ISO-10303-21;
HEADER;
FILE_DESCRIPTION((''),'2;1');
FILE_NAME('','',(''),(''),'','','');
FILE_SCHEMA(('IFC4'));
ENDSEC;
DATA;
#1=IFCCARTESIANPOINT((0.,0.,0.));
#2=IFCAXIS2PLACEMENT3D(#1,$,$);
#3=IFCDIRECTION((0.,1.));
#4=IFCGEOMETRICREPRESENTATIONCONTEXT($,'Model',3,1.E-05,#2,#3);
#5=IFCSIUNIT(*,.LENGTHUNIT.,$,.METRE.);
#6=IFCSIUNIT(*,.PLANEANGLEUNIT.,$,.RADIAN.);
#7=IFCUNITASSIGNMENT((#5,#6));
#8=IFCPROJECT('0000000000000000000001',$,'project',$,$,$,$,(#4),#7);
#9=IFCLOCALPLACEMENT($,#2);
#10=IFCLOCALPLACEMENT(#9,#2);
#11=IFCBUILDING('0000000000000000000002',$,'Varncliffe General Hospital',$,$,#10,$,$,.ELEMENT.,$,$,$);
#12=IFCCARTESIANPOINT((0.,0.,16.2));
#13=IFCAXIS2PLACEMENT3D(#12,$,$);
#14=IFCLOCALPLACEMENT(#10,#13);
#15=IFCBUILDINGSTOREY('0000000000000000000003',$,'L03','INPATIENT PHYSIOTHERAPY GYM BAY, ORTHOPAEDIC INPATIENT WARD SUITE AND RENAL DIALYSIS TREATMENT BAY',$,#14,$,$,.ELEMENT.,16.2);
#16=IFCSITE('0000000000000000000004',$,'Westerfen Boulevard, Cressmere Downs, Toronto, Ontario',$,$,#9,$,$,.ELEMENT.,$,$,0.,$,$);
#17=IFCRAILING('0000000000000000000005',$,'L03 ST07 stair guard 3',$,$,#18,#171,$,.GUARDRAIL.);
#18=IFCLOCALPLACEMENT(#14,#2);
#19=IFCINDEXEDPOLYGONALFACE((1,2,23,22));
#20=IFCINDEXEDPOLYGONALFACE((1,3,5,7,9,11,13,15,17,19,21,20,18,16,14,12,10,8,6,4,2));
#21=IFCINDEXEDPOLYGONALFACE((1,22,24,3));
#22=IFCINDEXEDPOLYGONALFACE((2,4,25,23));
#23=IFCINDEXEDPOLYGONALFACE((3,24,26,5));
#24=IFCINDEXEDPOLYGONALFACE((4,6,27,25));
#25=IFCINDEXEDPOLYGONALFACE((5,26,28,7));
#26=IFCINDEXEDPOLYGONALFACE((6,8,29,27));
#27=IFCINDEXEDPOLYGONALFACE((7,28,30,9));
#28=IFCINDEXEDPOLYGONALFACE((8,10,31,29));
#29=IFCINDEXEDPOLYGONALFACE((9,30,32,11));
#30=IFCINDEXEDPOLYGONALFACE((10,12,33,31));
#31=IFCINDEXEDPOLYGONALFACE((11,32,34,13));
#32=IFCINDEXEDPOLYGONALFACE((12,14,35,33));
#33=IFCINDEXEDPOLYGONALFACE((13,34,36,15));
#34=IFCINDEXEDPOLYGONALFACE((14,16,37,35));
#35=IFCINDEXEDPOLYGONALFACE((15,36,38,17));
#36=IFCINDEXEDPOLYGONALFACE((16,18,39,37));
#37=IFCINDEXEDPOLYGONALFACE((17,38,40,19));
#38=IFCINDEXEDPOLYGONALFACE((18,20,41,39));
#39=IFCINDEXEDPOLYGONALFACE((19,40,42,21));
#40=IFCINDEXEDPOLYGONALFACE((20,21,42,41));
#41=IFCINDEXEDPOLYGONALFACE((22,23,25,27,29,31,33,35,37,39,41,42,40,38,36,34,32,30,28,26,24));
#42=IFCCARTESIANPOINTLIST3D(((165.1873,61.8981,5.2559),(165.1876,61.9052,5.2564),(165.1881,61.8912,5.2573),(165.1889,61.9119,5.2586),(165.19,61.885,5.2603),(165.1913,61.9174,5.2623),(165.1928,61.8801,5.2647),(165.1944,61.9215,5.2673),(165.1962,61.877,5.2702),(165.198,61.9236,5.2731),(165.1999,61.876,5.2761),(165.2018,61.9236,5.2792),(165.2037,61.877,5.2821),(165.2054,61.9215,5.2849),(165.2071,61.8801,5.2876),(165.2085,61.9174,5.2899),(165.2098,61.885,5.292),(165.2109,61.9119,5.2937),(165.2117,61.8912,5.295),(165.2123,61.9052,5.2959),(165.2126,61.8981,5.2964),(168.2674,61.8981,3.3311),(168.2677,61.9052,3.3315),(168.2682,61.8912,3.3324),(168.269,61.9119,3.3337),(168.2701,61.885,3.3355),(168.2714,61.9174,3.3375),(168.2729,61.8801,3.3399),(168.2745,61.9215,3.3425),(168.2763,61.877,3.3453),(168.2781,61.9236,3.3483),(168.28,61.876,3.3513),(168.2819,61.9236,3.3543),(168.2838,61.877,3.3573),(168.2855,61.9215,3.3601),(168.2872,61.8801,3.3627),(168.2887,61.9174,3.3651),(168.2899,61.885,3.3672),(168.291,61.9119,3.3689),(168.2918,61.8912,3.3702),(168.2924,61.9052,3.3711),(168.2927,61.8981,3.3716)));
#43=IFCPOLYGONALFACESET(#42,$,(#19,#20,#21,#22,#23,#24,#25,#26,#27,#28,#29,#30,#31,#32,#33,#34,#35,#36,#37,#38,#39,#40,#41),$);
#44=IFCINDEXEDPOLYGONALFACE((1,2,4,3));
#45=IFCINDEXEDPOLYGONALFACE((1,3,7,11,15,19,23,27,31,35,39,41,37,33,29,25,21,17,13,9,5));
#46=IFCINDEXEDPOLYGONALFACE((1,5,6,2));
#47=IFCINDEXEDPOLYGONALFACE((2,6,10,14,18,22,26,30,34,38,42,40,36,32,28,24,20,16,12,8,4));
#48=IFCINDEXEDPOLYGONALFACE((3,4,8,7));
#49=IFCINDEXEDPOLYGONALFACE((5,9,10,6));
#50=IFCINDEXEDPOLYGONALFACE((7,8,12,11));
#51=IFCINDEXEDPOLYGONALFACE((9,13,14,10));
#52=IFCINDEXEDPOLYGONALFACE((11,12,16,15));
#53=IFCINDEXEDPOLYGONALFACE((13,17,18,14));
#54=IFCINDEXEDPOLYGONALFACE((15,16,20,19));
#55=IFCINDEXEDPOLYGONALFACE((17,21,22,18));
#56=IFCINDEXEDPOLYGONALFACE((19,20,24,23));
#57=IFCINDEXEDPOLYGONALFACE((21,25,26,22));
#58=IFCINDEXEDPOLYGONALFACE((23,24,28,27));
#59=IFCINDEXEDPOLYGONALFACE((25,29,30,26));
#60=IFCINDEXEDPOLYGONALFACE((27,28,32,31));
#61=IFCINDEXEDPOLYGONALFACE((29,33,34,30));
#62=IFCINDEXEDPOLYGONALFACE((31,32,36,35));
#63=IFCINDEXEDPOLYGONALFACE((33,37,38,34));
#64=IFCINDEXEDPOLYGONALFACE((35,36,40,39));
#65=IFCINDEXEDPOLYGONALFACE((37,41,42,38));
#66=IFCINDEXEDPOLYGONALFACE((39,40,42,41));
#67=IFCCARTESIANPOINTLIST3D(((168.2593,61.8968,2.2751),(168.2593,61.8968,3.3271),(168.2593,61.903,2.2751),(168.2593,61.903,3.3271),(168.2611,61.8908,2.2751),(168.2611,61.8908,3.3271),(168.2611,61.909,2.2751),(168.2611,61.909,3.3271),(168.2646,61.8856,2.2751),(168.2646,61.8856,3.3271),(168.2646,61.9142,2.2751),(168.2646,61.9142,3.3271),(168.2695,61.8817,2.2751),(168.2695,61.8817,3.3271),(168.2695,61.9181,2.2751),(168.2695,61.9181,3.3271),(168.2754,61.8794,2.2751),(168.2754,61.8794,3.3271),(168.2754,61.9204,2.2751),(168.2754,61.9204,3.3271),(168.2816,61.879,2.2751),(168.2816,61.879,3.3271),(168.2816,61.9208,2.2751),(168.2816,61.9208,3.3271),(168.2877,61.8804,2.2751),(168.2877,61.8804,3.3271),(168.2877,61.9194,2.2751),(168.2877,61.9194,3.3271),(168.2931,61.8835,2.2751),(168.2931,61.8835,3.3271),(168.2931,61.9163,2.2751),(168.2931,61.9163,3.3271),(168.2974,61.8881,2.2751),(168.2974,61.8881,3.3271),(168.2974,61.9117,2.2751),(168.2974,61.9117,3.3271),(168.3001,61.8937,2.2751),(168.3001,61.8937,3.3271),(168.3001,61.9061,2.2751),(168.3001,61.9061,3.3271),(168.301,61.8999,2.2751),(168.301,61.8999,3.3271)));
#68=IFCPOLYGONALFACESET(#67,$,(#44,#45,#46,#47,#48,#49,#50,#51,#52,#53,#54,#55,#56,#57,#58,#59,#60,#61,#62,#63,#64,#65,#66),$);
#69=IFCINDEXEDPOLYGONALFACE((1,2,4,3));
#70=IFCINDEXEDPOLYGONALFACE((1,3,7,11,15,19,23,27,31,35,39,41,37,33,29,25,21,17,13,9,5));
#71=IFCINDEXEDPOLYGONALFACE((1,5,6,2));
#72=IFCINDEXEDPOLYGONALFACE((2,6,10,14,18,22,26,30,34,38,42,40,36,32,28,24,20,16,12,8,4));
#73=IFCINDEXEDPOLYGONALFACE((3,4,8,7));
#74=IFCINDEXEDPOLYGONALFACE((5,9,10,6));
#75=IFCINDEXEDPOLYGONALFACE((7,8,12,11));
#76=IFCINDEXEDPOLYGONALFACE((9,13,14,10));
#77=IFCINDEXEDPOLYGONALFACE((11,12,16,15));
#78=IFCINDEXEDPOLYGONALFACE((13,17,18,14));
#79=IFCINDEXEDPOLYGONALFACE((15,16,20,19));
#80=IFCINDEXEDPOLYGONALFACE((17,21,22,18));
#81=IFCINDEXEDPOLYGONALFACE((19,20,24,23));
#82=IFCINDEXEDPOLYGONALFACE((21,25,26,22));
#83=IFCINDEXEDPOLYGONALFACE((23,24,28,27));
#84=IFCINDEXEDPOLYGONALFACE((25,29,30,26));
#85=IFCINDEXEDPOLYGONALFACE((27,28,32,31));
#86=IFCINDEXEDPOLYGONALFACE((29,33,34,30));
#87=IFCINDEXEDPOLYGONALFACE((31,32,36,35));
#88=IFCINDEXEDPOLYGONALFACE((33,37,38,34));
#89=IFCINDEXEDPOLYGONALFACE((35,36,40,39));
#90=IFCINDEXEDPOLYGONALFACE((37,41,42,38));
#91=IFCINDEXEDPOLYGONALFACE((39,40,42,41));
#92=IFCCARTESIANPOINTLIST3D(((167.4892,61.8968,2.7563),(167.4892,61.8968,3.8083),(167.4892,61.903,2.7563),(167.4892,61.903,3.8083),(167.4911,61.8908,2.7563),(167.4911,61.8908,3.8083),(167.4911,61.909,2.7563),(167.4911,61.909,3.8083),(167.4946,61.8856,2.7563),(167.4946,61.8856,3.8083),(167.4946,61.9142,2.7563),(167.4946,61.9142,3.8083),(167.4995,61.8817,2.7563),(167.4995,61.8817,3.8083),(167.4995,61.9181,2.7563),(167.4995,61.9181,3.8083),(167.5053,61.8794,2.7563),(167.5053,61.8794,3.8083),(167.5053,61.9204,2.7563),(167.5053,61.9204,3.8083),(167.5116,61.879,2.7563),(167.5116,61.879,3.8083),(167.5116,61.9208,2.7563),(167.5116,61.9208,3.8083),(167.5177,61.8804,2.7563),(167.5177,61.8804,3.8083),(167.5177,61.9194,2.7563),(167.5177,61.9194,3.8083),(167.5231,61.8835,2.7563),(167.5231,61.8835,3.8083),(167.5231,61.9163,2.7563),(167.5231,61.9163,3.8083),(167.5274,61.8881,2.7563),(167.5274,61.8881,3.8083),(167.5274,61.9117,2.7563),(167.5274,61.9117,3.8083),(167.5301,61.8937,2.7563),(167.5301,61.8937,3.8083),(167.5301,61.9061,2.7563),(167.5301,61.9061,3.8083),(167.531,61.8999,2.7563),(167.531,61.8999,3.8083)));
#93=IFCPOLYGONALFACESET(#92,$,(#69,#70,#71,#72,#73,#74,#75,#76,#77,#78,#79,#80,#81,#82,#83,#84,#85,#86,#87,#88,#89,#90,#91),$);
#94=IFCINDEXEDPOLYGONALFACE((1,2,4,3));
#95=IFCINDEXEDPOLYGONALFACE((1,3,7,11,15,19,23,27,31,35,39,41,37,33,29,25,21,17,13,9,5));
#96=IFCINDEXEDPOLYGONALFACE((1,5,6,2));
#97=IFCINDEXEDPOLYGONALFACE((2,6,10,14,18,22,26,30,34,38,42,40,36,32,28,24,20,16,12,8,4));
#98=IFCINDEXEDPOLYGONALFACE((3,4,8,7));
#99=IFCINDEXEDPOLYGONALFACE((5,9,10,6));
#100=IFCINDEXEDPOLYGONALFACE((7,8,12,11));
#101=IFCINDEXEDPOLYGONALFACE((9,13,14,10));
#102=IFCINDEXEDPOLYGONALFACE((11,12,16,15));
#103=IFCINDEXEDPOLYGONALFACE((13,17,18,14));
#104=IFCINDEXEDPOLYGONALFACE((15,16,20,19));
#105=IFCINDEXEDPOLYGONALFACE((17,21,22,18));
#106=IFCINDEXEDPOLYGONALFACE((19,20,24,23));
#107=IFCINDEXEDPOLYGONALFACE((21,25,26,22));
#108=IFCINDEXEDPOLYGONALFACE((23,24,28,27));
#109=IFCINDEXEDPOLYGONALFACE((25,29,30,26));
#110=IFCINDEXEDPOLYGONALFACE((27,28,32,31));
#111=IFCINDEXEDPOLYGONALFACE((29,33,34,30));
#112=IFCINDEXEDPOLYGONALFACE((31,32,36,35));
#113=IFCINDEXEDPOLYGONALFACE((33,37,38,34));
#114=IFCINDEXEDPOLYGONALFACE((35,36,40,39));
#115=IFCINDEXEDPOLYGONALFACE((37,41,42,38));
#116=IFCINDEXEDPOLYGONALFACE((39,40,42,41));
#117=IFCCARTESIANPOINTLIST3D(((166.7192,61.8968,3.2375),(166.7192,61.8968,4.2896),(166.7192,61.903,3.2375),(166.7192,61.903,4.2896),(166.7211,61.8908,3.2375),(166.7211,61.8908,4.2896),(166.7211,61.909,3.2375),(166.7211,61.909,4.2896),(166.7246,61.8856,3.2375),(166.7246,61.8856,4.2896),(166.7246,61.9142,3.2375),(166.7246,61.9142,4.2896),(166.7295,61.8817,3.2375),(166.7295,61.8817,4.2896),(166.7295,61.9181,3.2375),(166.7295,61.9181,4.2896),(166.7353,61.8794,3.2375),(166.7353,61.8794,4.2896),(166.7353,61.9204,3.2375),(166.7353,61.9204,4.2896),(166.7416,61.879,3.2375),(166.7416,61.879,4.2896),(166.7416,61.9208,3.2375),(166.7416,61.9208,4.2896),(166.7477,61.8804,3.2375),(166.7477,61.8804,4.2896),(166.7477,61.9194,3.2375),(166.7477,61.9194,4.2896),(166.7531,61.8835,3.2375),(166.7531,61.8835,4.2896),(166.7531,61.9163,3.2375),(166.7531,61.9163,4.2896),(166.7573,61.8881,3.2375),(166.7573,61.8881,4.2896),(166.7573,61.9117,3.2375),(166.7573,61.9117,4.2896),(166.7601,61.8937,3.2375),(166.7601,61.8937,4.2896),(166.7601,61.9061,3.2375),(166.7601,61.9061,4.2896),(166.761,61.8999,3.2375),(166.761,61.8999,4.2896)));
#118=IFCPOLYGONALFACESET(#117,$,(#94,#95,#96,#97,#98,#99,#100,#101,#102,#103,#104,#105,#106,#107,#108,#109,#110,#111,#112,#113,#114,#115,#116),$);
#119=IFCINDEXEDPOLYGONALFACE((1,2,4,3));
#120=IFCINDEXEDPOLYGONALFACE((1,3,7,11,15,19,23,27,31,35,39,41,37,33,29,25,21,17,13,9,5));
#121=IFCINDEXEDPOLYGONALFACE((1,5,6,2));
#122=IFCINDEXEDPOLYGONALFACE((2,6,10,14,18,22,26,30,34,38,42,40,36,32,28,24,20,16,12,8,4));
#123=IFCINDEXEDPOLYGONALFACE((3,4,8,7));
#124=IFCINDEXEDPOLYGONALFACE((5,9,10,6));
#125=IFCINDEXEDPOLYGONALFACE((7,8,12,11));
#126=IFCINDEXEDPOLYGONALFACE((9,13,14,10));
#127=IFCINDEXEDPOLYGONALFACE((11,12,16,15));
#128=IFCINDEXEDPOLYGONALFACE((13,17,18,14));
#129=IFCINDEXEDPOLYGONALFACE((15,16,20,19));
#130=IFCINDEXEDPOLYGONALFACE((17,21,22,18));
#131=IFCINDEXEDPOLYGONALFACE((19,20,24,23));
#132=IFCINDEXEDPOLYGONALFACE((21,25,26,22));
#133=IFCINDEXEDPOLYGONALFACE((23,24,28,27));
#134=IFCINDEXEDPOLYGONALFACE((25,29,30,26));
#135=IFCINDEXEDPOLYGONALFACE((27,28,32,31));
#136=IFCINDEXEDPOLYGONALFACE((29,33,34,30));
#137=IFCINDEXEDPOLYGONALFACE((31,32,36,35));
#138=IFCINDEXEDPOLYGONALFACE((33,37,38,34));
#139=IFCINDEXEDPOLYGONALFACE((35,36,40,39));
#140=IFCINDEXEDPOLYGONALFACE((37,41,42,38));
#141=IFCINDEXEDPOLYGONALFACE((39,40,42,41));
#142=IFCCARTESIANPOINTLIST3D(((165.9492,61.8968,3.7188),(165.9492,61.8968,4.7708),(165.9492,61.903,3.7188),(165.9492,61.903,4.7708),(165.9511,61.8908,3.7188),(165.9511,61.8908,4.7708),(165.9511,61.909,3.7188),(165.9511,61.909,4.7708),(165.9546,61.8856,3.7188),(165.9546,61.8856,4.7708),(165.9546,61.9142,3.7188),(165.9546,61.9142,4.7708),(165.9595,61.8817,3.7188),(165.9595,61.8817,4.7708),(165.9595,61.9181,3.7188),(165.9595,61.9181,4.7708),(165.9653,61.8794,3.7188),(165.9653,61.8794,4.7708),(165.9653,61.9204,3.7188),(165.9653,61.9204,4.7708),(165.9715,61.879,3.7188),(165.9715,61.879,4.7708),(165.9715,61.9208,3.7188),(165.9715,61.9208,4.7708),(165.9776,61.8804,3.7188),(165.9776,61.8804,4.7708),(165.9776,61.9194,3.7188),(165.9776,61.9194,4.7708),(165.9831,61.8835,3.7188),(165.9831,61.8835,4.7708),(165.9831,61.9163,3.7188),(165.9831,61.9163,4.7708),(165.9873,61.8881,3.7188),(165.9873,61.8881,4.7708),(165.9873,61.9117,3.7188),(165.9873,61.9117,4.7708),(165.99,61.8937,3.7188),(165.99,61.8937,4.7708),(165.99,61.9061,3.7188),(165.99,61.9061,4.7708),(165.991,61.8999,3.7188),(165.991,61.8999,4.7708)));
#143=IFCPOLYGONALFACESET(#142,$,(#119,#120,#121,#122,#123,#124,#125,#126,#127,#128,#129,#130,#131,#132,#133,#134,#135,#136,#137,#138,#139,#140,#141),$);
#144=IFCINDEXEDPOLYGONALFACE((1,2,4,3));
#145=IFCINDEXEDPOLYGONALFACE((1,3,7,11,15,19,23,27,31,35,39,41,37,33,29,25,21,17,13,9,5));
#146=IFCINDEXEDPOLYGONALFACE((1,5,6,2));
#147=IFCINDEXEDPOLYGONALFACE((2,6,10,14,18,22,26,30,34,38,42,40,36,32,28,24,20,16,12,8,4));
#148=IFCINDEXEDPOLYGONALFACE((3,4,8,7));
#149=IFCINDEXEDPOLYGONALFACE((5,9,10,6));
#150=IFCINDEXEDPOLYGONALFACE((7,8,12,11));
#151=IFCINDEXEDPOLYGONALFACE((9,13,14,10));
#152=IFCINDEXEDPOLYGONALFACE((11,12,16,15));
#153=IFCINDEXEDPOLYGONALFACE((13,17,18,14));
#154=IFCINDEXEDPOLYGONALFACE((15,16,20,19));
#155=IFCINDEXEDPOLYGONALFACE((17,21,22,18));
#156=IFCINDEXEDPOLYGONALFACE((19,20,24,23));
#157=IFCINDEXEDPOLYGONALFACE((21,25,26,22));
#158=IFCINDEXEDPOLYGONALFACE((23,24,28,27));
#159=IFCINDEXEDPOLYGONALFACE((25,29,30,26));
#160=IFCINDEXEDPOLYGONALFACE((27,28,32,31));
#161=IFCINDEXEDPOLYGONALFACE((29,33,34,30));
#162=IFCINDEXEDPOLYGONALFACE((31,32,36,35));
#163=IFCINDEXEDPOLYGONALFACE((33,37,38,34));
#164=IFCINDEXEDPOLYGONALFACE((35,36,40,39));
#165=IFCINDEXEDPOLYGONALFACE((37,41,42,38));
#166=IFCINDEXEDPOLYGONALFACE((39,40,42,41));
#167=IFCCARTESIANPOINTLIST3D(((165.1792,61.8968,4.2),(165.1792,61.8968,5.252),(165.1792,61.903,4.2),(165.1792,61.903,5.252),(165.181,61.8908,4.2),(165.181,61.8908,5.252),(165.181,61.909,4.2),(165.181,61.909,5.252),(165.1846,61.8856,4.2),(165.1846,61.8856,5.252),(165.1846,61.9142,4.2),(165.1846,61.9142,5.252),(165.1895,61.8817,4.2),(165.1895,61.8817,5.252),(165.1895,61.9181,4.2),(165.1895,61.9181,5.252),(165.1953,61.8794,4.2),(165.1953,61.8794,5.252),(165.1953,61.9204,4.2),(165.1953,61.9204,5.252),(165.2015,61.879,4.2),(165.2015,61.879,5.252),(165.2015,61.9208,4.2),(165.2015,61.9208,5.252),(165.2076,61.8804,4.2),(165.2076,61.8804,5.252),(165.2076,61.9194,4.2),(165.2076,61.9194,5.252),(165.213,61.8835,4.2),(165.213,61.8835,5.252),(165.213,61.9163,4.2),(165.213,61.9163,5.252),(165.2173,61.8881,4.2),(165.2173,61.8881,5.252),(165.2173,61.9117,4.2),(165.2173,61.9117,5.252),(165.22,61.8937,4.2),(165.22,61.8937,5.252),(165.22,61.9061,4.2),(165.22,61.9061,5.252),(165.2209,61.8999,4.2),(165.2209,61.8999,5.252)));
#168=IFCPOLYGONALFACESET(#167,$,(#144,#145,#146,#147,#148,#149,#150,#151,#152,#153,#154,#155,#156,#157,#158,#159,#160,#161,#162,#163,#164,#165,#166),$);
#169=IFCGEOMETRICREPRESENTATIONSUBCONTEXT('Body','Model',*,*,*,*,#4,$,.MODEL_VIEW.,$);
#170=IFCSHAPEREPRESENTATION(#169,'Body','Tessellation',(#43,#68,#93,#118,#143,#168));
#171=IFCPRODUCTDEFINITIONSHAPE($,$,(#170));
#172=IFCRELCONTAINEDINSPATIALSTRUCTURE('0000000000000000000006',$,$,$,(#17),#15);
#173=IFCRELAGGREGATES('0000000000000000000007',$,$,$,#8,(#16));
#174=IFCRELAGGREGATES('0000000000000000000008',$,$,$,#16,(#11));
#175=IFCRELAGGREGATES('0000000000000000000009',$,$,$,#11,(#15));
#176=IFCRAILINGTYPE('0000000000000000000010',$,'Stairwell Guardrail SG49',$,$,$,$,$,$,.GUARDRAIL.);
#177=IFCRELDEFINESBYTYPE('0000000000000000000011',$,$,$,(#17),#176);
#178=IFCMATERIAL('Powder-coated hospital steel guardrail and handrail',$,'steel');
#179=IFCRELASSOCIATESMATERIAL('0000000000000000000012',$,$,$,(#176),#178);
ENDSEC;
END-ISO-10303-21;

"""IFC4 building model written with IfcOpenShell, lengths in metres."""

from ifc_helpers import new_model, si_unit, direction, frame, origin, origin_2d, place, context, subcontext, project, spatial, circle, extrude, material, type_object, element, save


model = new_model("IFC4")

# Units and contexts
model_context = context("Model", 3, precision=1e-05, world=origin(), true_north=direction((0.0, 1.0)))
body_context = subcontext(model_context, "Body", "Model", "MODEL_VIEW")
ifc_project = project(units=[si_unit("LENGTHUNIT", "METRE"), si_unit("PLANEANGLEUNIT", "RADIAN")], contexts=[model_context])

# Site, building, storey
site_placement = place(None, origin())
site = spatial("IfcSite", under=ifc_project, at=site_placement, Name="Westerfen Boulevard, Cressmere Downs, Toronto, Ontario", CompositionType="ELEMENT", RefElevation=0.0)
building_placement = place(site_placement, origin())
building = spatial("IfcBuilding", under=site, at=building_placement, Name="Varncliffe General Hospital", CompositionType="ELEMENT")
storey_placement = place(building_placement, frame((0.0, 0.0, 16.2)))
storey = spatial("IfcBuildingStorey", under=building, at=storey_placement, Name="L03", Description="INPATIENT PHYSIOTHERAPY GYM BAY, ORTHOPAEDIC INPATIENT WARD SUITE AND RENAL DIALYSIS TREATMENT BAY", CompositionType="ELEMENT", Elevation=16.2)

# Railing
ifc_material_1 = material(Name="Powder-coated hospital steel guardrail and handrail", Category="steel")
railing_type_1 = type_object("IfcRailingType", Name="Stairwell Guardrail SG49", PredefinedType="GUARDRAIL", material=ifc_material_1)
railing_1_placement = place(storey_placement, frame((168.28, 61.8999, 2.2751)))
element("IfcRailing", 1, at=railing_1_placement, inside=storey, type_object=railing_type_1, Name="L03 ST07 stair guard 3", PredefinedType="GUARDRAIL", context=body_context, shape_type="SweptSolid", body=[
    extrude(circle(Radius=0.0239, at=origin_2d()), frame((0.0, 0.0, 1.0762), z_axis=(-0.848029, 0.0, 0.529951), x_axis=(0.0, -1.0, 0.0)), (0.0, 0.0, 1.0), 3.6321),
    extrude(circle(Radius=0.021, at=origin_2d()), origin(), (0.0, 0.0, 1.0), 1.052),
    extrude(circle(Radius=0.021, at=origin_2d()), frame((-0.77, 0.0, 0.4812)), (0.0, 0.0, 1.0), 1.052),
    extrude(circle(Radius=0.021, at=origin_2d()), frame((-1.54, 0.0, 0.9624)), (0.0, 0.0, 1.0), 1.052),
    extrude(circle(Radius=0.021, at=origin_2d()), frame((-2.3101, 0.0, 1.4436)), (0.0, 0.0, 1.0), 1.052),
    extrude(circle(Radius=0.021, at=origin_2d()), frame((-3.0801, 0.0, 1.9248)), (0.0, 0.0, 1.0), 1.052),
])

save(model, "model.ifc")
